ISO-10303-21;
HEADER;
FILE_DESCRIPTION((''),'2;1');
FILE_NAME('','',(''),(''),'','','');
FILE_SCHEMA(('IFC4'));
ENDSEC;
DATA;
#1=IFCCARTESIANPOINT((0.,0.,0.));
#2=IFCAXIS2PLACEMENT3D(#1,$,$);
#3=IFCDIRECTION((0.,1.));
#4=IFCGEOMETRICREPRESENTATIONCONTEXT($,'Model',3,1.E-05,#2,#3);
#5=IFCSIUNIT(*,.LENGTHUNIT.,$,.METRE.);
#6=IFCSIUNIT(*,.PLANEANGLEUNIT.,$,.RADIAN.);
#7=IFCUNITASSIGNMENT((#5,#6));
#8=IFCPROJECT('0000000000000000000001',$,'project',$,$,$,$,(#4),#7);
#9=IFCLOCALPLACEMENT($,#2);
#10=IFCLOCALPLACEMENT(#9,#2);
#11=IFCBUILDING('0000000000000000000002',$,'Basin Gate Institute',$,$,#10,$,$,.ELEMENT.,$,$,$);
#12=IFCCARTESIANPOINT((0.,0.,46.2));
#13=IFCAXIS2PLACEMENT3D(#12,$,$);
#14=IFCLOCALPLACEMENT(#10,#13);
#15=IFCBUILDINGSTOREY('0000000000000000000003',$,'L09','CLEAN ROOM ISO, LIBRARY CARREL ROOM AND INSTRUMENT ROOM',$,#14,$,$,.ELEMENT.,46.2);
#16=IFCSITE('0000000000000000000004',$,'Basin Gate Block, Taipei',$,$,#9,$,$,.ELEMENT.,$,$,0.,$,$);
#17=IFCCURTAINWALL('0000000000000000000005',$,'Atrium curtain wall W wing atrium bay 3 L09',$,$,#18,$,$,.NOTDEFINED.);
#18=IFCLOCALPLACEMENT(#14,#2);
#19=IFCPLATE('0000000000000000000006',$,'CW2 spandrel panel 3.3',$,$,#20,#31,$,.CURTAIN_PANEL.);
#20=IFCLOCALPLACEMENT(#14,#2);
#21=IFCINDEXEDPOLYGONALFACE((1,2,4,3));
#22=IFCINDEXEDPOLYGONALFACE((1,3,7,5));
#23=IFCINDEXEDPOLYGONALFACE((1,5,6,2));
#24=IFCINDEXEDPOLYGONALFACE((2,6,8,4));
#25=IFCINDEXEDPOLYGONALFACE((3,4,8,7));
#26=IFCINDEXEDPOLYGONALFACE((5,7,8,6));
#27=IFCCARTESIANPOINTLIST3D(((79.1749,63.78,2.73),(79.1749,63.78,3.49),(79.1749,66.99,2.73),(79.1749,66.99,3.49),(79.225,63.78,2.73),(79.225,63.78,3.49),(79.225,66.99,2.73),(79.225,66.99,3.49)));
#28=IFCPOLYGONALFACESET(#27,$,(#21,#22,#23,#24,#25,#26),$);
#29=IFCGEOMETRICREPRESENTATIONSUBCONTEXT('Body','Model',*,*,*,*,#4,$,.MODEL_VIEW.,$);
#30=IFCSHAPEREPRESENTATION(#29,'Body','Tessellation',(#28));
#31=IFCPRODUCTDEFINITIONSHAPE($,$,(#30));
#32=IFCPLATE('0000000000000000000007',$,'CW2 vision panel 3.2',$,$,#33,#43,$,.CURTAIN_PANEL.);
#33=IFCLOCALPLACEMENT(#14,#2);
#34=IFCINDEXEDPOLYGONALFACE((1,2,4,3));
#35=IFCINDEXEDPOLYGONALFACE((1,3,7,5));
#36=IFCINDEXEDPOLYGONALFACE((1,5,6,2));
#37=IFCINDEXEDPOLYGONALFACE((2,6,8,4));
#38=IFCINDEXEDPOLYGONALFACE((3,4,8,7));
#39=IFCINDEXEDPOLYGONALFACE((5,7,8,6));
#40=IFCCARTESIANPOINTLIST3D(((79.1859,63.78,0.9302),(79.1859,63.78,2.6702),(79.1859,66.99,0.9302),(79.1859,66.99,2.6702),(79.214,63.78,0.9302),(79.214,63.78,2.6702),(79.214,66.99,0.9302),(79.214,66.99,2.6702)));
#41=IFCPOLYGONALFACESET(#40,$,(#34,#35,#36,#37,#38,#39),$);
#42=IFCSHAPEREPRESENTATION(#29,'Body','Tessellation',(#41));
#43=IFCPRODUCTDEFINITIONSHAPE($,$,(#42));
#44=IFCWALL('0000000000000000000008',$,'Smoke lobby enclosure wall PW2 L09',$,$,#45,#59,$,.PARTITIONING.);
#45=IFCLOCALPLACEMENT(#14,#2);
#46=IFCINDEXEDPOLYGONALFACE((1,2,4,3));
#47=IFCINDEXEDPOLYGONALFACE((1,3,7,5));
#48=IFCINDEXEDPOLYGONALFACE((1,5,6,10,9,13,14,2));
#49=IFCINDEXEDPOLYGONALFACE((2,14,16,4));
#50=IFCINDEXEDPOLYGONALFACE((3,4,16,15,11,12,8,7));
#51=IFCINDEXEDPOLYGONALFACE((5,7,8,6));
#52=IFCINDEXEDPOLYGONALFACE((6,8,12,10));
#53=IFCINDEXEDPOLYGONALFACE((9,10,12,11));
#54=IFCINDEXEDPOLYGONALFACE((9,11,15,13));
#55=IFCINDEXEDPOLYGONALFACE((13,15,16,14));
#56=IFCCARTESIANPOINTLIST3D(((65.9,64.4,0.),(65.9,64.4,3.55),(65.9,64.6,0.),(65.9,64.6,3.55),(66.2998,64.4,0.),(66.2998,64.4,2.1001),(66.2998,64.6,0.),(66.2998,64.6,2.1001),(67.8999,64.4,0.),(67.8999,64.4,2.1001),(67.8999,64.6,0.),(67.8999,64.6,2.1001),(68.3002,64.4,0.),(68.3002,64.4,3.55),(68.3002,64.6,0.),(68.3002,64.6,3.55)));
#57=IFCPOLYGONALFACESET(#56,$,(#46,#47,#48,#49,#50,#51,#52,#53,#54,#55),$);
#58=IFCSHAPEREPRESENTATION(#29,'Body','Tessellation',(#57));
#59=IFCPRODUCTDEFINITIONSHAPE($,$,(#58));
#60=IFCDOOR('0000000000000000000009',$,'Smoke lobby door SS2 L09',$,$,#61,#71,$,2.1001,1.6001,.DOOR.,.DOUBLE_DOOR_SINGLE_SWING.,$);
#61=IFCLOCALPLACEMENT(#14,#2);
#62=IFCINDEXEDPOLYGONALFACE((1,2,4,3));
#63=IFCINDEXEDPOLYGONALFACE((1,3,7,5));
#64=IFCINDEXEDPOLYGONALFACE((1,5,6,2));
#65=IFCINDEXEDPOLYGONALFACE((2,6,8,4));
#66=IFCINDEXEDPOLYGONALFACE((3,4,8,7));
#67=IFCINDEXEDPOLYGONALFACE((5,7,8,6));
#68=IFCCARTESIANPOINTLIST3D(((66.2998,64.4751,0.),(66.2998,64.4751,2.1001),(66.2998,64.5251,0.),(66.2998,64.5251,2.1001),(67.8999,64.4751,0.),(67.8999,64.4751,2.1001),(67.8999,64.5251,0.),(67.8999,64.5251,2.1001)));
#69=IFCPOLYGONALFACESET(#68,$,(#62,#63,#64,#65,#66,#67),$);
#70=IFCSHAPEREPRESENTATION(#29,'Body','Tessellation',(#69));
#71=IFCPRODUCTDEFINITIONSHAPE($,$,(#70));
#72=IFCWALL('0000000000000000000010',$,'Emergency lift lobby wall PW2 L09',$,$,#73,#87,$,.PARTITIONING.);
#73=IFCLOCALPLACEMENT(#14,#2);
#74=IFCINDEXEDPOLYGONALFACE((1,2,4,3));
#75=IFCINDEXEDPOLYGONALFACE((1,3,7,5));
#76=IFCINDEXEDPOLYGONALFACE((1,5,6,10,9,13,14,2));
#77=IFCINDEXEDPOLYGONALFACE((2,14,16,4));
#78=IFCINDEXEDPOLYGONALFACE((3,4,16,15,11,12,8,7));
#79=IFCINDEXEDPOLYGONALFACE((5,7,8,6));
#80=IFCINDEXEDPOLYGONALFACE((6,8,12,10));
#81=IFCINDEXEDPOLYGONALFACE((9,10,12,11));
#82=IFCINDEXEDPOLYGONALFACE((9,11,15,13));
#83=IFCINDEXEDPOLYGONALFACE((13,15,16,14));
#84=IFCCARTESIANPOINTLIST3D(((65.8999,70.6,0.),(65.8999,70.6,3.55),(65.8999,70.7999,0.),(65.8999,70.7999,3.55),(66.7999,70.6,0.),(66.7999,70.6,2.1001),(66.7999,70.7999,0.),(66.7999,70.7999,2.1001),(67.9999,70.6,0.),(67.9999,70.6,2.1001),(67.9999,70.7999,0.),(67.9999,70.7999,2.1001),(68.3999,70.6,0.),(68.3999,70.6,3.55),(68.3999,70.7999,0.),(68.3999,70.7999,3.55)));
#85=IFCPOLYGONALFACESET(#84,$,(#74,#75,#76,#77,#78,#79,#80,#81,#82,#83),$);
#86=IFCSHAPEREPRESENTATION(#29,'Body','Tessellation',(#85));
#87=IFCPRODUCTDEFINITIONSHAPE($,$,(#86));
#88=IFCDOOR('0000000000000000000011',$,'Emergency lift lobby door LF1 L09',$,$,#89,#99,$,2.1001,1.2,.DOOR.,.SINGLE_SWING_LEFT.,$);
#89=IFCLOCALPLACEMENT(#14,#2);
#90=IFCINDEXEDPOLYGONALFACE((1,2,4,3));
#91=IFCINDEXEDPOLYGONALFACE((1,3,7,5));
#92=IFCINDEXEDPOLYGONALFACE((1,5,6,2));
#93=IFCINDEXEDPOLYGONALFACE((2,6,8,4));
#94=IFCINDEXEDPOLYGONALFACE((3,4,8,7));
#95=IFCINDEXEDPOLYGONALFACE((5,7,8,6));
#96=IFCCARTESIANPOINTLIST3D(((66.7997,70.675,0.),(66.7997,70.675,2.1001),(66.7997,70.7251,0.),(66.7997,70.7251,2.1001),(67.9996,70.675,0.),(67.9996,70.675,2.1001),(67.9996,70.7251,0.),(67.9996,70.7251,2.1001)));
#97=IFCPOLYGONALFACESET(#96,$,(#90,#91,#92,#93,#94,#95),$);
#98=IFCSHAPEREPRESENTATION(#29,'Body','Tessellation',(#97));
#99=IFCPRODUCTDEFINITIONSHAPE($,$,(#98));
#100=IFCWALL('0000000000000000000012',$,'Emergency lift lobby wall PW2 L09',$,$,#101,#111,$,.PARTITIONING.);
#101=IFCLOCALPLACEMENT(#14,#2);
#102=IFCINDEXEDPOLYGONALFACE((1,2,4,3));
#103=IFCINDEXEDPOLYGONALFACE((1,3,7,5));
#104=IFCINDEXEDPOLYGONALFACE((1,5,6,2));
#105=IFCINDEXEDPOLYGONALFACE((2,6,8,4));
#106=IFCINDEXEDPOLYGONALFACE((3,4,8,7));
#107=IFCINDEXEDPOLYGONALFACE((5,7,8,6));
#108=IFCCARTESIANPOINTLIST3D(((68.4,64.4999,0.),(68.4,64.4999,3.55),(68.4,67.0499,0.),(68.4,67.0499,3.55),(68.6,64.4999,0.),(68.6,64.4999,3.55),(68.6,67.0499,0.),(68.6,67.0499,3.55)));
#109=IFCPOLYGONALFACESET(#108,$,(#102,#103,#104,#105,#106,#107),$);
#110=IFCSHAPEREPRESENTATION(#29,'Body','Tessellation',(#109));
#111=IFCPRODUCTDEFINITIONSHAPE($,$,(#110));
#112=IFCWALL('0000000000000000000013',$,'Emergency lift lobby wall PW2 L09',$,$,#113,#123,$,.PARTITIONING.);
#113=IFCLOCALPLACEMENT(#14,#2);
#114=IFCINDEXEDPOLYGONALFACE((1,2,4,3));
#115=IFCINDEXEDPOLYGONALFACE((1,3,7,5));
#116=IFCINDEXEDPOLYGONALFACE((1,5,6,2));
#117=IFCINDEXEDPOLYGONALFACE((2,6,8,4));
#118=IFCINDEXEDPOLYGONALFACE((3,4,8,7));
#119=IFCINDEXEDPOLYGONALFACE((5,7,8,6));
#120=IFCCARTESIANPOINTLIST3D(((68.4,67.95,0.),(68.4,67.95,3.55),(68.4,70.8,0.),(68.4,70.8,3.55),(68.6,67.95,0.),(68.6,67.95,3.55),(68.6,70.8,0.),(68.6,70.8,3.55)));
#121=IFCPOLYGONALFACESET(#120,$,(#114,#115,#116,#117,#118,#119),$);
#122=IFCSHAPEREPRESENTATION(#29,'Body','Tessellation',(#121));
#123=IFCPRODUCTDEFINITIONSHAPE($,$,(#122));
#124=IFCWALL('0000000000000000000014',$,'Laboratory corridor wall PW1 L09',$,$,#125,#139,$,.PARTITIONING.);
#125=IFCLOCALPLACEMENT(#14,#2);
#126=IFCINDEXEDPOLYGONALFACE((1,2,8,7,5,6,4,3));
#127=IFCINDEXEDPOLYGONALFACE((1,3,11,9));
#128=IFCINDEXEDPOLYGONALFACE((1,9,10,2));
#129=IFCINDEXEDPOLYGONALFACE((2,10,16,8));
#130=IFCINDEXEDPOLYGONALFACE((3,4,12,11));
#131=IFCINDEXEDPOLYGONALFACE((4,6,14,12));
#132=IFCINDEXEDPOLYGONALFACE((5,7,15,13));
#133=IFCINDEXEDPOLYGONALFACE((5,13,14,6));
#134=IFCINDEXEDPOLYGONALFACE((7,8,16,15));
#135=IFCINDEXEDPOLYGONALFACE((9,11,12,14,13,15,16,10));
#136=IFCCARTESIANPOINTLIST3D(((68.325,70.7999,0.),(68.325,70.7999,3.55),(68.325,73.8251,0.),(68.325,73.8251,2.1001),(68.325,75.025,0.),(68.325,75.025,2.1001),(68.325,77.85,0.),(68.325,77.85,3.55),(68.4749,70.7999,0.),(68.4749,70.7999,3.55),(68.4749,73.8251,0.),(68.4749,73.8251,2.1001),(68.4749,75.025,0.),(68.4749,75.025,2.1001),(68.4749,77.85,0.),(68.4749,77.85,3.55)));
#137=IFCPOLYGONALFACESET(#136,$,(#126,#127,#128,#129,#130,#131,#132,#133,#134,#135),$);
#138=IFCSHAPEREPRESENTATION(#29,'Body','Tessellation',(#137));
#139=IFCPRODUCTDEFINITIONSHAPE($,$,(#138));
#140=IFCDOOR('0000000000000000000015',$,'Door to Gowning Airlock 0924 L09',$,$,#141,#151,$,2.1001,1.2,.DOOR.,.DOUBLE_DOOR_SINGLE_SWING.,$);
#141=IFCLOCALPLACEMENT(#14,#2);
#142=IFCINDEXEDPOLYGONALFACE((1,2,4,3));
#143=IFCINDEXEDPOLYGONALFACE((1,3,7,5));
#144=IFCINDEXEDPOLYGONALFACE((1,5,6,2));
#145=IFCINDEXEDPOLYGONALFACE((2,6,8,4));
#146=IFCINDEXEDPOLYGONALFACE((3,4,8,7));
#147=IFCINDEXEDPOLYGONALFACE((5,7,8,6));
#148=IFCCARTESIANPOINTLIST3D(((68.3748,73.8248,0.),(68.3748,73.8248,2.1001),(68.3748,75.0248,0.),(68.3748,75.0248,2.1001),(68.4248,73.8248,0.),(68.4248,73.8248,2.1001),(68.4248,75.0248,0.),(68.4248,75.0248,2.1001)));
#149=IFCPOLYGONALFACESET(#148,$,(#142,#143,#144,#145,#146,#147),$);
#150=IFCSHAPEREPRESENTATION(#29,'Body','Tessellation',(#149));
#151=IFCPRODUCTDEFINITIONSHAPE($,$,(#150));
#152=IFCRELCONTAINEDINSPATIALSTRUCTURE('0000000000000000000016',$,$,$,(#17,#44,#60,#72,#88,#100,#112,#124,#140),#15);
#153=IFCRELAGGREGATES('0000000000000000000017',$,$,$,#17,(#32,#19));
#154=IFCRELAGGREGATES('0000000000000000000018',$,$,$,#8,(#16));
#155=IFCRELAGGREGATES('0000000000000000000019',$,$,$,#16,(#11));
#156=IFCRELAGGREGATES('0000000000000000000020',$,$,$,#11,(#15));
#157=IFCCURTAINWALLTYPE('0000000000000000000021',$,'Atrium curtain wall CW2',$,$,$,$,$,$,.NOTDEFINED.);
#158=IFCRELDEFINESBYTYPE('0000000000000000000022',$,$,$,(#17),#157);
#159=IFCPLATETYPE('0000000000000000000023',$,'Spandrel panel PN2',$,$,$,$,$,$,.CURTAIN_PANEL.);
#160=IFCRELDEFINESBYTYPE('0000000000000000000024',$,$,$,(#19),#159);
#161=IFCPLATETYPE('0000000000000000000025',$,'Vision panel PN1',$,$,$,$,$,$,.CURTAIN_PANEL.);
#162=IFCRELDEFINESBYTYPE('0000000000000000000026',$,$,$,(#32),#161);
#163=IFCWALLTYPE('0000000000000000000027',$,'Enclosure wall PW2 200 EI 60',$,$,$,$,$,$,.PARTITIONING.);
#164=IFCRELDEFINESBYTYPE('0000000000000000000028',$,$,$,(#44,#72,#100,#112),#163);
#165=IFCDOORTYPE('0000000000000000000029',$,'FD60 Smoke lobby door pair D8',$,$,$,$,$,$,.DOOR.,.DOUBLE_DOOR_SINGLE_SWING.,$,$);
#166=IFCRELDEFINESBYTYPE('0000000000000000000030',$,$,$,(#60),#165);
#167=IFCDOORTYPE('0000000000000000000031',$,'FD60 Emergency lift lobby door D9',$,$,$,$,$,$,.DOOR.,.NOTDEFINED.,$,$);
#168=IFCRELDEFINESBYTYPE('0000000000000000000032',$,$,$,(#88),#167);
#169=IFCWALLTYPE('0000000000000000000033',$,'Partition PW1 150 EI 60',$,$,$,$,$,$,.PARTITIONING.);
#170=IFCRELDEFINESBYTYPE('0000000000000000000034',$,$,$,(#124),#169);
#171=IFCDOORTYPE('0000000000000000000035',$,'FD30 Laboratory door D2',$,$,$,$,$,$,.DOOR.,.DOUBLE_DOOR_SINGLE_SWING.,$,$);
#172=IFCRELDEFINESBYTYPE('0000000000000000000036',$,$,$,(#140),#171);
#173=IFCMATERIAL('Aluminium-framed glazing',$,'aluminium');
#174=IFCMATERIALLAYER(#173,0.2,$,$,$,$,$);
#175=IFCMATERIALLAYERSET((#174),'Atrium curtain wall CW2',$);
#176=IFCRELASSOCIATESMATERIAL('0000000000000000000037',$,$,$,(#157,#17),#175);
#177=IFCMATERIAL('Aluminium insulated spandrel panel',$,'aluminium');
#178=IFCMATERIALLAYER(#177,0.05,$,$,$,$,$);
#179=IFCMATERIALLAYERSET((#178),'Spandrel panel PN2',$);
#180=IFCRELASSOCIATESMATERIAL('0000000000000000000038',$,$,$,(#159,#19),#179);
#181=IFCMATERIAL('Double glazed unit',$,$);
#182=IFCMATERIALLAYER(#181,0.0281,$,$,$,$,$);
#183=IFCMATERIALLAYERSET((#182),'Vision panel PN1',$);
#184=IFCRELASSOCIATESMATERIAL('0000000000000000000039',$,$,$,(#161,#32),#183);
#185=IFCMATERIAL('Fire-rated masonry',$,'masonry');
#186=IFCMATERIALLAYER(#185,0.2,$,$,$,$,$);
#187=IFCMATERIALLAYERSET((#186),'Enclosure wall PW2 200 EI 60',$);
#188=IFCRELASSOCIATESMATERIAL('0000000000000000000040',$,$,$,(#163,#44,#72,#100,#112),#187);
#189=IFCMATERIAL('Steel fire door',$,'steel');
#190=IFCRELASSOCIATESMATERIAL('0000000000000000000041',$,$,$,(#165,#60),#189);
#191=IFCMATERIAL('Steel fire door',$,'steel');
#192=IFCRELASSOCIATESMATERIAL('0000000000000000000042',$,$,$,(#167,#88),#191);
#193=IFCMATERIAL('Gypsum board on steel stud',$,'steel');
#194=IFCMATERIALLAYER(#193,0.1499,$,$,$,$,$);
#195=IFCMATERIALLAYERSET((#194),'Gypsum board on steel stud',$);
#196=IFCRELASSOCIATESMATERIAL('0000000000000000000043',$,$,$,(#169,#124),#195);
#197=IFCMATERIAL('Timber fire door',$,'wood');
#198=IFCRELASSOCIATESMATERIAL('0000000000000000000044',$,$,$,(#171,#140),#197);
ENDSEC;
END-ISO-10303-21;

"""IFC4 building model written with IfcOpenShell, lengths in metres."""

from ifc_helpers import new_model, si_unit, direction, frame, frame_2d, origin, origin_2d, place, context, subcontext, project, spatial, rectangle, extrude, material, layer, layer_set, type_object, element, fill, aggregate, save


model = new_model("IFC4")

# Units and contexts
model_context = context("Model", 3, precision=1e-05, world=origin(), true_north=direction((0.0, 1.0)))
body_context = subcontext(model_context, "Body", "Model", "MODEL_VIEW")
ifc_project = project(units=[si_unit("LENGTHUNIT", "METRE"), si_unit("PLANEANGLEUNIT", "RADIAN")], contexts=[model_context])

# Site, building, storey
site_placement = place(None, origin())
site = spatial("IfcSite", under=ifc_project, at=site_placement, Name="Basin Gate Block, Taipei", CompositionType="ELEMENT", RefElevation=0.0)
building_placement = place(site_placement, origin())
building = spatial("IfcBuilding", under=site, at=building_placement, Name="Basin Gate Institute", CompositionType="ELEMENT")
storey_placement = place(building_placement, frame((0.0, 0.0, 46.2)))
storey = spatial("IfcBuildingStorey", under=building, at=storey_placement, Name="L09", Description="CLEAN ROOM ISO, LIBRARY CARREL ROOM AND INSTRUMENT ROOM", CompositionType="ELEMENT", Elevation=46.2)

# Curtain wall
ifc_material_1 = material(Name="Aluminium-framed glazing", Category="aluminium")
ifc_layer_1 = layer(ifc_material_1, 0.2)
ifc_layer_set_1 = layer_set([ifc_layer_1], Name="Atrium curtain wall CW2")
curtain_wall_type = type_object("IfcCurtainWallType", Name="Atrium curtain wall CW2", PredefinedType="NOTDEFINED", material=ifc_layer_set_1)
curtain_wall_placement = place(storey_placement, origin())
curtain_wall = element("IfcCurtainWall", 1, at=curtain_wall_placement, inside=storey, type_object=curtain_wall_type, material=ifc_layer_set_1, Name="Atrium curtain wall W wing atrium bay 3 L09", PredefinedType="NOTDEFINED")

# Plates
ifc_material_2 = material(Name="Aluminium insulated spandrel panel", Category="aluminium")
ifc_layer_2 = layer(ifc_material_2, 0.05)
ifc_layer_set_2 = layer_set([ifc_layer_2], Name="Spandrel panel PN2")
plate_type_1 = type_object("IfcPlateType", Name="Spandrel panel PN2", PredefinedType="CURTAIN_PANEL", material=ifc_layer_set_2)
plate_1_placement = place(storey_placement, frame((79.2, 65.385, 2.73), z_axis=(0.0, 0.0, 1.0), x_axis=(0.0, 1.0, 0.0)))
plate_1 = element("IfcPlate", 2, at=plate_1_placement, type_object=plate_type_1, material=ifc_layer_set_2, Name="CW2 spandrel panel 3.3", PredefinedType="CURTAIN_PANEL", context=body_context, shape_type="SweptSolid", body=[
    extrude(rectangle(XDim=3.21, YDim=0.05, at=origin_2d()), origin(), (0.0, 0.0, 1.0), 0.76),
])
ifc_material_3 = material(Name="Double glazed unit")
ifc_layer_3 = layer(ifc_material_3, 0.0281)
ifc_layer_set_3 = layer_set([ifc_layer_3], Name="Vision panel PN1")
plate_type_2 = type_object("IfcPlateType", Name="Vision panel PN1", PredefinedType="CURTAIN_PANEL", material=ifc_layer_set_3)
plate_2_placement = place(storey_placement, frame((79.2, 65.385, 0.9302), z_axis=(0.0, 0.0, 1.0), x_axis=(0.0, 1.0, 0.0)))
plate_2 = element("IfcPlate", 3, at=plate_2_placement, type_object=plate_type_2, material=ifc_layer_set_3, Name="CW2 vision panel 3.2", PredefinedType="CURTAIN_PANEL", context=body_context, shape_type="SweptSolid", body=[
    extrude(rectangle(XDim=3.21, YDim=0.0281, at=origin_2d()), origin(), (0.0, 0.0, 1.0), 1.74),
])
aggregate(curtain_wall, [plate_2, plate_1])

# Walls, openings, doors
ifc_material_4 = material(Name="Fire-rated masonry", Category="masonry")
ifc_layer_4 = layer(ifc_material_4, 0.2)
ifc_layer_set_4 = layer_set([ifc_layer_4], Name="Enclosure wall PW2 200 EI 60")
wall_type_1 = type_object("IfcWallType", Name="Enclosure wall PW2 200 EI 60", PredefinedType="PARTITIONING", material=ifc_layer_set_4)
wall_1_placement = place(storey_placement, frame((65.8999, 64.5, 0.0), z_axis=(0.0, 0.0, 1.0), x_axis=(1.0, 0.0, 0.0)))
wall_1 = element("IfcWall", 4, at=wall_1_placement, inside=storey, type_object=wall_type_1, material=ifc_layer_set_4, Name="Smoke lobby enclosure wall PW2 L09", PredefinedType="PARTITIONING", context=body_context, shape_type="SweptSolid", body=[
    extrude(rectangle(XDim=2.4001, YDim=0.2, at=frame_2d((1.2002, 0.0))), origin(), (0.0, 0.0, 1.0), 3.55),
])
opening_1_placement = place(wall_1_placement, frame((0.3999, 0.0, 0.0)))
opening_1 = element("IfcOpeningElement", 5, at=opening_1_placement, cuts=wall_1, PredefinedType="OPENING", context=body_context, shape_type="SweptSolid", body=[
    extrude(rectangle(XDim=1.6001, YDim=2.1001, at=frame_2d((0.8, 1.05))), frame((0.0, 0.1099, 0.0), z_axis=(0.0, -1.0, 0.0), x_axis=(1.0, 0.0, 0.0)), (0.0, 0.0, 1.0), 0.22),
])
ifc_material_5 = material(Name="Steel fire door", Category="steel")
door_type_1 = type_object("IfcDoorType", Name="FD60 Smoke lobby door pair D8", OperationType="DOUBLE_DOOR_SINGLE_SWING", PredefinedType="DOOR", material=ifc_material_5)
door_1_placement = place(opening_1_placement, frame((1.6001, 0.0, 0.0), z_axis=(0.0, 0.0, 1.0), x_axis=(-1.0, 0.0, 0.0)))
door_1 = element("IfcDoor", 6, at=door_1_placement, inside=storey, type_object=door_type_1, material=ifc_material_5, Name="Smoke lobby door SS2 L09", OperationType="DOUBLE_DOOR_SINGLE_SWING", OverallHeight=2.1001, OverallWidth=1.6001, PredefinedType="DOOR", context=body_context, shape_type="SweptSolid", body=[
    extrude(rectangle(XDim=1.6001, YDim=2.1001, at=frame_2d((0.8, 1.05))), frame((0.0, 0.0249, 0.0), z_axis=(0.0, -1.0, 0.0), x_axis=(1.0, 0.0, 0.0)), (0.0, 0.0, 1.0), 0.05),
])
fill(opening_1, door_1)
wall_2_placement = place(storey_placement, frame((65.8999, 70.7, 0.0), z_axis=(0.0, 0.0, 1.0), x_axis=(1.0, 0.0, 0.0)))
wall_2 = element("IfcWall", 7, at=wall_2_placement, inside=storey, type_object=wall_type_1, material=ifc_layer_set_4, Name="Emergency lift lobby wall PW2 L09", PredefinedType="PARTITIONING", context=body_context, shape_type="SweptSolid", body=[
    extrude(rectangle(XDim=2.5, YDim=0.2, at=frame_2d((1.25, 0.0))), origin(), (0.0, 0.0, 1.0), 3.55),
])
opening_2_placement = place(wall_2_placement, frame((0.8999, 0.0, 0.0)))
opening_2 = element("IfcOpeningElement", 8, at=opening_2_placement, cuts=wall_2, PredefinedType="OPENING", context=body_context, shape_type="SweptSolid", body=[
    extrude(rectangle(XDim=1.2, YDim=2.1001, at=frame_2d((0.6001, 1.05))), frame((0.0, 0.1099, 0.0), z_axis=(0.0, -1.0, 0.0), x_axis=(1.0, 0.0, 0.0)), (0.0, 0.0, 1.0), 0.22),
])
ifc_material_6 = material(Name="Steel fire door", Category="steel")
door_type_2 = type_object("IfcDoorType", Name="FD60 Emergency lift lobby door D9", OperationType="NOTDEFINED", PredefinedType="DOOR", material=ifc_material_6)
door_2_placement = place(opening_2_placement, frame((1.2, 0.0, 0.0), z_axis=(0.0, 0.0, 1.0), x_axis=(-1.0, 0.0, 0.0)))
door_2 = element("IfcDoor", 9, at=door_2_placement, inside=storey, type_object=door_type_2, material=ifc_material_6, Name="Emergency lift lobby door LF1 L09", OperationType="SINGLE_SWING_LEFT", OverallHeight=2.1001, OverallWidth=1.2, PredefinedType="DOOR", context=body_context, shape_type="SweptSolid", body=[
    extrude(rectangle(XDim=1.2, YDim=2.1001, at=frame_2d((0.6001, 1.05))), frame((0.0, 0.0249, 0.0), z_axis=(0.0, -1.0, 0.0), x_axis=(1.0, 0.0, 0.0)), (0.0, 0.0, 1.0), 0.05),
])
fill(opening_2, door_2)

# Walls
wall_3_placement = place(storey_placement, frame((68.5, 64.5, 0.0), z_axis=(0.0, 0.0, 1.0), x_axis=(0.0, 1.0, 0.0)))
element("IfcWall", 10, at=wall_3_placement, inside=storey, type_object=wall_type_1, material=ifc_layer_set_4, Name="Emergency lift lobby wall PW2 L09", PredefinedType="PARTITIONING", context=body_context, shape_type="SweptSolid", body=[
    extrude(rectangle(XDim=2.55, YDim=0.2, at=frame_2d((1.2749, 0.0))), origin(), (0.0, 0.0, 1.0), 3.55),
])
wall_4_placement = place(storey_placement, frame((68.5, 67.95, 0.0), z_axis=(0.0, 0.0, 1.0), x_axis=(0.0, 1.0, 0.0)))
element("IfcWall", 11, at=wall_4_placement, inside=storey, type_object=wall_type_1, material=ifc_layer_set_4, Name="Emergency lift lobby wall PW2 L09", PredefinedType="PARTITIONING", context=body_context, shape_type="SweptSolid", body=[
    extrude(rectangle(XDim=2.8501, YDim=0.2, at=frame_2d((1.425, 0.0))), origin(), (0.0, 0.0, 1.0), 3.55),
])

# Wall, opening, door
ifc_material_7 = material(Name="Gypsum board on steel stud", Category="steel")
ifc_layer_5 = layer(ifc_material_7, 0.1499)
ifc_layer_set_5 = layer_set([ifc_layer_5], Name="Gypsum board on steel stud")
wall_type_2 = type_object("IfcWallType", Name="Partition PW1 150 EI 60", PredefinedType="PARTITIONING", material=ifc_layer_set_5)
wall_5_placement = place(storey_placement, frame((68.3999, 70.8, 0.0), z_axis=(0.0, 0.0, 1.0), x_axis=(0.0, 1.0, 0.0)))
wall_5 = element("IfcWall", 12, at=wall_5_placement, inside=storey, type_object=wall_type_2, material=ifc_layer_set_5, Name="Laboratory corridor wall PW1 L09", PredefinedType="PARTITIONING", context=body_context, shape_type="SweptSolid", body=[
    extrude(rectangle(XDim=7.05, YDim=0.1499, at=frame_2d((3.5249, 0.0))), origin(), (0.0, 0.0, 1.0), 3.55),
])
opening_3_placement = place(wall_5_placement, frame((3.0249, 0.0, 0.0)))
opening_3 = element("IfcOpeningElement", 13, at=opening_3_placement, cuts=wall_5, PredefinedType="OPENING", context=body_context, shape_type="SweptSolid", body=[
    extrude(rectangle(XDim=1.2, YDim=2.1001, at=frame_2d((0.6001, 1.05))), frame((0.0, 0.085, 0.0), z_axis=(0.0, -1.0, 0.0), x_axis=(1.0, 0.0, 0.0)), (0.0, 0.0, 1.0), 0.1699),
])
ifc_material_8 = material(Name="Timber fire door", Category="wood")
door_type_3 = type_object("IfcDoorType", Name="FD30 Laboratory door D2", OperationType="DOUBLE_DOOR_SINGLE_SWING", PredefinedType="DOOR", material=ifc_material_8)
door_3_placement = place(opening_3_placement, frame((1.2, 0.0, 0.0), z_axis=(0.0, 0.0, 1.0), x_axis=(-1.0, 0.0, 0.0)))
door_3 = element("IfcDoor", 14, at=door_3_placement, inside=storey, type_object=door_type_3, material=ifc_material_8, Name="Door to Gowning Airlock 0924 L09", OperationType="DOUBLE_DOOR_SINGLE_SWING", OverallHeight=2.1001, OverallWidth=1.2, PredefinedType="DOOR", context=body_context, shape_type="SweptSolid", body=[
    extrude(rectangle(XDim=1.2, YDim=2.1001, at=frame_2d((0.6001, 1.05))), frame((0.0, 0.0249, 0.0), z_axis=(0.0, -1.0, 0.0), x_axis=(1.0, 0.0, 0.0)), (0.0, 0.0, 1.0), 0.05),
])
fill(opening_3, door_3)

save(model, "model.ifc")
